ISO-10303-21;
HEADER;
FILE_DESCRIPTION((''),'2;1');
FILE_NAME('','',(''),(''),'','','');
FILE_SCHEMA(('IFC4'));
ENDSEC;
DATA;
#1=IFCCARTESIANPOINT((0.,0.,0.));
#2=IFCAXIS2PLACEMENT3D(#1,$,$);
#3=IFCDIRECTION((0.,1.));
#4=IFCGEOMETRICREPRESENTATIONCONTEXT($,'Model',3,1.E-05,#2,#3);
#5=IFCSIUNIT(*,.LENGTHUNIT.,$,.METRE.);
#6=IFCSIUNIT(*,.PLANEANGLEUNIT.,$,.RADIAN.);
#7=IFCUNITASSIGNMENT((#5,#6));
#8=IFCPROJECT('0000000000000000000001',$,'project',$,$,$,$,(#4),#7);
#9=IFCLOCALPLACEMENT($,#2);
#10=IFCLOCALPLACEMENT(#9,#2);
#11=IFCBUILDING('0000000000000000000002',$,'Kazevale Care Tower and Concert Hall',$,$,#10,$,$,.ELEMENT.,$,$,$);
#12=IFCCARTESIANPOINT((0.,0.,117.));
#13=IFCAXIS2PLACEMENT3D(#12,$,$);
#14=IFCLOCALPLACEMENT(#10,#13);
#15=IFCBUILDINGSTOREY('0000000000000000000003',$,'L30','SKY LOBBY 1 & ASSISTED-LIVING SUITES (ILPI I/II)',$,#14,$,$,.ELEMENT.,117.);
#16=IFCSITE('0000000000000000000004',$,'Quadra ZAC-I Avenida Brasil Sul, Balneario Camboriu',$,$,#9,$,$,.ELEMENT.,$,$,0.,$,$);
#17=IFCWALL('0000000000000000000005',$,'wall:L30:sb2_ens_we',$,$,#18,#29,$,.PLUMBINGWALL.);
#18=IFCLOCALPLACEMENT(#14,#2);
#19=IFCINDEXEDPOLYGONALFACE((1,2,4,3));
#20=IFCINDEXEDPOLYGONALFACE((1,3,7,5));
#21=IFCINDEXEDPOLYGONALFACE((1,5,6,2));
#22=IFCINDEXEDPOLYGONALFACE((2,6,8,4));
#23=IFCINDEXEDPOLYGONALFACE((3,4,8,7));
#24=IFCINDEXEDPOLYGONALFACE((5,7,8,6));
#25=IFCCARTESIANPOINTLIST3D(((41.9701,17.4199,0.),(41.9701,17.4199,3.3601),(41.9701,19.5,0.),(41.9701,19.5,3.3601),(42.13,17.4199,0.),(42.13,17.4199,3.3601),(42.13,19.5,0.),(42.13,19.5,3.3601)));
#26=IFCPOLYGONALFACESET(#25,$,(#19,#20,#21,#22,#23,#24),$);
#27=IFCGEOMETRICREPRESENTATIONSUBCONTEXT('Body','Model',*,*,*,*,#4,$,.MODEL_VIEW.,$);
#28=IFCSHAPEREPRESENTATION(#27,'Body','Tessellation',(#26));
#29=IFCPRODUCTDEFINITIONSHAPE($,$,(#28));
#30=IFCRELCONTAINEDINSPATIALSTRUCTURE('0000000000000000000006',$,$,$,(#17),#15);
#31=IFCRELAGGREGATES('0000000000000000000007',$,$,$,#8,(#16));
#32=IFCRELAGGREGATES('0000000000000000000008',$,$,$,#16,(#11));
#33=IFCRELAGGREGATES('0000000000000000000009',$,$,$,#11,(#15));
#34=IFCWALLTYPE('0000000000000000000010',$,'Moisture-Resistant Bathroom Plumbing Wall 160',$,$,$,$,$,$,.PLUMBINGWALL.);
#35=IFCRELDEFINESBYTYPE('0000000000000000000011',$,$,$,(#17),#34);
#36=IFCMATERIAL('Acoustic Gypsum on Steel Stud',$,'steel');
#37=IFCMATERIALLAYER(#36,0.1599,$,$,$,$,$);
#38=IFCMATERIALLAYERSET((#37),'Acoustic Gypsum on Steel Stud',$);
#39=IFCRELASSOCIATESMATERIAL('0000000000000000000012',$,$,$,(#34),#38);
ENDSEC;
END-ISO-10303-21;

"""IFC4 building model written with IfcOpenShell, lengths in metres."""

from ifc_helpers import new_model, si_unit, direction, frame, frame_2d, origin, place, context, subcontext, project, spatial, rectangle, extrude, material, layer, layer_set, type_object, element, save


model = new_model("IFC4")

# Units and contexts
model_context = context("Model", 3, precision=1e-05, world=origin(), true_north=direction((0.0, 1.0)))
body_context = subcontext(model_context, "Body", "Model", "MODEL_VIEW")
ifc_project = project(units=[si_unit("LENGTHUNIT", "METRE"), si_unit("PLANEANGLEUNIT", "RADIAN")], contexts=[model_context])

# Site, building, storey
site_placement = place(None, origin())
site = spatial("IfcSite", under=ifc_project, at=site_placement, Name="Quadra ZAC-I Avenida Brasil Sul, Balneario Camboriu", CompositionType="ELEMENT", RefElevation=0.0)
building_placement = place(site_placement, origin())
building = spatial("IfcBuilding", under=site, at=building_placement, Name="Kazevale Care Tower and Concert Hall", CompositionType="ELEMENT")
storey_placement = place(building_placement, frame((0.0, 0.0, 117.0)))
storey = spatial("IfcBuildingStorey", under=building, at=storey_placement, Name="L30", Description="SKY LOBBY 1 & ASSISTED-LIVING SUITES (ILPI I/II)", CompositionType="ELEMENT", Elevation=117.0)

# Shared definitions
ifc_material_1 = material(Name="Acoustic Gypsum on Steel Stud", Category="steel")
ifc_layer_1 = layer(ifc_material_1, 0.1599)
ifc_layer_set_1 = layer_set([ifc_layer_1], Name="Acoustic Gypsum on Steel Stud")
wall_type_1 = type_object("IfcWallType", Name="Moisture-Resistant Bathroom Plumbing Wall 160", PredefinedType="PLUMBINGWALL", material=ifc_layer_set_1)

# Wall
wall_1_placement = place(storey_placement, frame((42.05, 17.4199, 0.0), z_axis=(0.0, 0.0, 1.0), x_axis=(0.0, 1.0, 0.0)))
element("IfcWall", 1, at=wall_1_placement, inside=storey, type_object=wall_type_1, Name="wall:L30:sb2_ens_we", PredefinedType="PLUMBINGWALL", context=body_context, shape_type="SweptSolid", body=[
    extrude(rectangle(XDim=2.0801, YDim=0.1599, at=frame_2d((1.04, 0.0))), origin(), (0.0, 0.0, 1.0), 3.3601),
])

save(model, "model.ifc")
